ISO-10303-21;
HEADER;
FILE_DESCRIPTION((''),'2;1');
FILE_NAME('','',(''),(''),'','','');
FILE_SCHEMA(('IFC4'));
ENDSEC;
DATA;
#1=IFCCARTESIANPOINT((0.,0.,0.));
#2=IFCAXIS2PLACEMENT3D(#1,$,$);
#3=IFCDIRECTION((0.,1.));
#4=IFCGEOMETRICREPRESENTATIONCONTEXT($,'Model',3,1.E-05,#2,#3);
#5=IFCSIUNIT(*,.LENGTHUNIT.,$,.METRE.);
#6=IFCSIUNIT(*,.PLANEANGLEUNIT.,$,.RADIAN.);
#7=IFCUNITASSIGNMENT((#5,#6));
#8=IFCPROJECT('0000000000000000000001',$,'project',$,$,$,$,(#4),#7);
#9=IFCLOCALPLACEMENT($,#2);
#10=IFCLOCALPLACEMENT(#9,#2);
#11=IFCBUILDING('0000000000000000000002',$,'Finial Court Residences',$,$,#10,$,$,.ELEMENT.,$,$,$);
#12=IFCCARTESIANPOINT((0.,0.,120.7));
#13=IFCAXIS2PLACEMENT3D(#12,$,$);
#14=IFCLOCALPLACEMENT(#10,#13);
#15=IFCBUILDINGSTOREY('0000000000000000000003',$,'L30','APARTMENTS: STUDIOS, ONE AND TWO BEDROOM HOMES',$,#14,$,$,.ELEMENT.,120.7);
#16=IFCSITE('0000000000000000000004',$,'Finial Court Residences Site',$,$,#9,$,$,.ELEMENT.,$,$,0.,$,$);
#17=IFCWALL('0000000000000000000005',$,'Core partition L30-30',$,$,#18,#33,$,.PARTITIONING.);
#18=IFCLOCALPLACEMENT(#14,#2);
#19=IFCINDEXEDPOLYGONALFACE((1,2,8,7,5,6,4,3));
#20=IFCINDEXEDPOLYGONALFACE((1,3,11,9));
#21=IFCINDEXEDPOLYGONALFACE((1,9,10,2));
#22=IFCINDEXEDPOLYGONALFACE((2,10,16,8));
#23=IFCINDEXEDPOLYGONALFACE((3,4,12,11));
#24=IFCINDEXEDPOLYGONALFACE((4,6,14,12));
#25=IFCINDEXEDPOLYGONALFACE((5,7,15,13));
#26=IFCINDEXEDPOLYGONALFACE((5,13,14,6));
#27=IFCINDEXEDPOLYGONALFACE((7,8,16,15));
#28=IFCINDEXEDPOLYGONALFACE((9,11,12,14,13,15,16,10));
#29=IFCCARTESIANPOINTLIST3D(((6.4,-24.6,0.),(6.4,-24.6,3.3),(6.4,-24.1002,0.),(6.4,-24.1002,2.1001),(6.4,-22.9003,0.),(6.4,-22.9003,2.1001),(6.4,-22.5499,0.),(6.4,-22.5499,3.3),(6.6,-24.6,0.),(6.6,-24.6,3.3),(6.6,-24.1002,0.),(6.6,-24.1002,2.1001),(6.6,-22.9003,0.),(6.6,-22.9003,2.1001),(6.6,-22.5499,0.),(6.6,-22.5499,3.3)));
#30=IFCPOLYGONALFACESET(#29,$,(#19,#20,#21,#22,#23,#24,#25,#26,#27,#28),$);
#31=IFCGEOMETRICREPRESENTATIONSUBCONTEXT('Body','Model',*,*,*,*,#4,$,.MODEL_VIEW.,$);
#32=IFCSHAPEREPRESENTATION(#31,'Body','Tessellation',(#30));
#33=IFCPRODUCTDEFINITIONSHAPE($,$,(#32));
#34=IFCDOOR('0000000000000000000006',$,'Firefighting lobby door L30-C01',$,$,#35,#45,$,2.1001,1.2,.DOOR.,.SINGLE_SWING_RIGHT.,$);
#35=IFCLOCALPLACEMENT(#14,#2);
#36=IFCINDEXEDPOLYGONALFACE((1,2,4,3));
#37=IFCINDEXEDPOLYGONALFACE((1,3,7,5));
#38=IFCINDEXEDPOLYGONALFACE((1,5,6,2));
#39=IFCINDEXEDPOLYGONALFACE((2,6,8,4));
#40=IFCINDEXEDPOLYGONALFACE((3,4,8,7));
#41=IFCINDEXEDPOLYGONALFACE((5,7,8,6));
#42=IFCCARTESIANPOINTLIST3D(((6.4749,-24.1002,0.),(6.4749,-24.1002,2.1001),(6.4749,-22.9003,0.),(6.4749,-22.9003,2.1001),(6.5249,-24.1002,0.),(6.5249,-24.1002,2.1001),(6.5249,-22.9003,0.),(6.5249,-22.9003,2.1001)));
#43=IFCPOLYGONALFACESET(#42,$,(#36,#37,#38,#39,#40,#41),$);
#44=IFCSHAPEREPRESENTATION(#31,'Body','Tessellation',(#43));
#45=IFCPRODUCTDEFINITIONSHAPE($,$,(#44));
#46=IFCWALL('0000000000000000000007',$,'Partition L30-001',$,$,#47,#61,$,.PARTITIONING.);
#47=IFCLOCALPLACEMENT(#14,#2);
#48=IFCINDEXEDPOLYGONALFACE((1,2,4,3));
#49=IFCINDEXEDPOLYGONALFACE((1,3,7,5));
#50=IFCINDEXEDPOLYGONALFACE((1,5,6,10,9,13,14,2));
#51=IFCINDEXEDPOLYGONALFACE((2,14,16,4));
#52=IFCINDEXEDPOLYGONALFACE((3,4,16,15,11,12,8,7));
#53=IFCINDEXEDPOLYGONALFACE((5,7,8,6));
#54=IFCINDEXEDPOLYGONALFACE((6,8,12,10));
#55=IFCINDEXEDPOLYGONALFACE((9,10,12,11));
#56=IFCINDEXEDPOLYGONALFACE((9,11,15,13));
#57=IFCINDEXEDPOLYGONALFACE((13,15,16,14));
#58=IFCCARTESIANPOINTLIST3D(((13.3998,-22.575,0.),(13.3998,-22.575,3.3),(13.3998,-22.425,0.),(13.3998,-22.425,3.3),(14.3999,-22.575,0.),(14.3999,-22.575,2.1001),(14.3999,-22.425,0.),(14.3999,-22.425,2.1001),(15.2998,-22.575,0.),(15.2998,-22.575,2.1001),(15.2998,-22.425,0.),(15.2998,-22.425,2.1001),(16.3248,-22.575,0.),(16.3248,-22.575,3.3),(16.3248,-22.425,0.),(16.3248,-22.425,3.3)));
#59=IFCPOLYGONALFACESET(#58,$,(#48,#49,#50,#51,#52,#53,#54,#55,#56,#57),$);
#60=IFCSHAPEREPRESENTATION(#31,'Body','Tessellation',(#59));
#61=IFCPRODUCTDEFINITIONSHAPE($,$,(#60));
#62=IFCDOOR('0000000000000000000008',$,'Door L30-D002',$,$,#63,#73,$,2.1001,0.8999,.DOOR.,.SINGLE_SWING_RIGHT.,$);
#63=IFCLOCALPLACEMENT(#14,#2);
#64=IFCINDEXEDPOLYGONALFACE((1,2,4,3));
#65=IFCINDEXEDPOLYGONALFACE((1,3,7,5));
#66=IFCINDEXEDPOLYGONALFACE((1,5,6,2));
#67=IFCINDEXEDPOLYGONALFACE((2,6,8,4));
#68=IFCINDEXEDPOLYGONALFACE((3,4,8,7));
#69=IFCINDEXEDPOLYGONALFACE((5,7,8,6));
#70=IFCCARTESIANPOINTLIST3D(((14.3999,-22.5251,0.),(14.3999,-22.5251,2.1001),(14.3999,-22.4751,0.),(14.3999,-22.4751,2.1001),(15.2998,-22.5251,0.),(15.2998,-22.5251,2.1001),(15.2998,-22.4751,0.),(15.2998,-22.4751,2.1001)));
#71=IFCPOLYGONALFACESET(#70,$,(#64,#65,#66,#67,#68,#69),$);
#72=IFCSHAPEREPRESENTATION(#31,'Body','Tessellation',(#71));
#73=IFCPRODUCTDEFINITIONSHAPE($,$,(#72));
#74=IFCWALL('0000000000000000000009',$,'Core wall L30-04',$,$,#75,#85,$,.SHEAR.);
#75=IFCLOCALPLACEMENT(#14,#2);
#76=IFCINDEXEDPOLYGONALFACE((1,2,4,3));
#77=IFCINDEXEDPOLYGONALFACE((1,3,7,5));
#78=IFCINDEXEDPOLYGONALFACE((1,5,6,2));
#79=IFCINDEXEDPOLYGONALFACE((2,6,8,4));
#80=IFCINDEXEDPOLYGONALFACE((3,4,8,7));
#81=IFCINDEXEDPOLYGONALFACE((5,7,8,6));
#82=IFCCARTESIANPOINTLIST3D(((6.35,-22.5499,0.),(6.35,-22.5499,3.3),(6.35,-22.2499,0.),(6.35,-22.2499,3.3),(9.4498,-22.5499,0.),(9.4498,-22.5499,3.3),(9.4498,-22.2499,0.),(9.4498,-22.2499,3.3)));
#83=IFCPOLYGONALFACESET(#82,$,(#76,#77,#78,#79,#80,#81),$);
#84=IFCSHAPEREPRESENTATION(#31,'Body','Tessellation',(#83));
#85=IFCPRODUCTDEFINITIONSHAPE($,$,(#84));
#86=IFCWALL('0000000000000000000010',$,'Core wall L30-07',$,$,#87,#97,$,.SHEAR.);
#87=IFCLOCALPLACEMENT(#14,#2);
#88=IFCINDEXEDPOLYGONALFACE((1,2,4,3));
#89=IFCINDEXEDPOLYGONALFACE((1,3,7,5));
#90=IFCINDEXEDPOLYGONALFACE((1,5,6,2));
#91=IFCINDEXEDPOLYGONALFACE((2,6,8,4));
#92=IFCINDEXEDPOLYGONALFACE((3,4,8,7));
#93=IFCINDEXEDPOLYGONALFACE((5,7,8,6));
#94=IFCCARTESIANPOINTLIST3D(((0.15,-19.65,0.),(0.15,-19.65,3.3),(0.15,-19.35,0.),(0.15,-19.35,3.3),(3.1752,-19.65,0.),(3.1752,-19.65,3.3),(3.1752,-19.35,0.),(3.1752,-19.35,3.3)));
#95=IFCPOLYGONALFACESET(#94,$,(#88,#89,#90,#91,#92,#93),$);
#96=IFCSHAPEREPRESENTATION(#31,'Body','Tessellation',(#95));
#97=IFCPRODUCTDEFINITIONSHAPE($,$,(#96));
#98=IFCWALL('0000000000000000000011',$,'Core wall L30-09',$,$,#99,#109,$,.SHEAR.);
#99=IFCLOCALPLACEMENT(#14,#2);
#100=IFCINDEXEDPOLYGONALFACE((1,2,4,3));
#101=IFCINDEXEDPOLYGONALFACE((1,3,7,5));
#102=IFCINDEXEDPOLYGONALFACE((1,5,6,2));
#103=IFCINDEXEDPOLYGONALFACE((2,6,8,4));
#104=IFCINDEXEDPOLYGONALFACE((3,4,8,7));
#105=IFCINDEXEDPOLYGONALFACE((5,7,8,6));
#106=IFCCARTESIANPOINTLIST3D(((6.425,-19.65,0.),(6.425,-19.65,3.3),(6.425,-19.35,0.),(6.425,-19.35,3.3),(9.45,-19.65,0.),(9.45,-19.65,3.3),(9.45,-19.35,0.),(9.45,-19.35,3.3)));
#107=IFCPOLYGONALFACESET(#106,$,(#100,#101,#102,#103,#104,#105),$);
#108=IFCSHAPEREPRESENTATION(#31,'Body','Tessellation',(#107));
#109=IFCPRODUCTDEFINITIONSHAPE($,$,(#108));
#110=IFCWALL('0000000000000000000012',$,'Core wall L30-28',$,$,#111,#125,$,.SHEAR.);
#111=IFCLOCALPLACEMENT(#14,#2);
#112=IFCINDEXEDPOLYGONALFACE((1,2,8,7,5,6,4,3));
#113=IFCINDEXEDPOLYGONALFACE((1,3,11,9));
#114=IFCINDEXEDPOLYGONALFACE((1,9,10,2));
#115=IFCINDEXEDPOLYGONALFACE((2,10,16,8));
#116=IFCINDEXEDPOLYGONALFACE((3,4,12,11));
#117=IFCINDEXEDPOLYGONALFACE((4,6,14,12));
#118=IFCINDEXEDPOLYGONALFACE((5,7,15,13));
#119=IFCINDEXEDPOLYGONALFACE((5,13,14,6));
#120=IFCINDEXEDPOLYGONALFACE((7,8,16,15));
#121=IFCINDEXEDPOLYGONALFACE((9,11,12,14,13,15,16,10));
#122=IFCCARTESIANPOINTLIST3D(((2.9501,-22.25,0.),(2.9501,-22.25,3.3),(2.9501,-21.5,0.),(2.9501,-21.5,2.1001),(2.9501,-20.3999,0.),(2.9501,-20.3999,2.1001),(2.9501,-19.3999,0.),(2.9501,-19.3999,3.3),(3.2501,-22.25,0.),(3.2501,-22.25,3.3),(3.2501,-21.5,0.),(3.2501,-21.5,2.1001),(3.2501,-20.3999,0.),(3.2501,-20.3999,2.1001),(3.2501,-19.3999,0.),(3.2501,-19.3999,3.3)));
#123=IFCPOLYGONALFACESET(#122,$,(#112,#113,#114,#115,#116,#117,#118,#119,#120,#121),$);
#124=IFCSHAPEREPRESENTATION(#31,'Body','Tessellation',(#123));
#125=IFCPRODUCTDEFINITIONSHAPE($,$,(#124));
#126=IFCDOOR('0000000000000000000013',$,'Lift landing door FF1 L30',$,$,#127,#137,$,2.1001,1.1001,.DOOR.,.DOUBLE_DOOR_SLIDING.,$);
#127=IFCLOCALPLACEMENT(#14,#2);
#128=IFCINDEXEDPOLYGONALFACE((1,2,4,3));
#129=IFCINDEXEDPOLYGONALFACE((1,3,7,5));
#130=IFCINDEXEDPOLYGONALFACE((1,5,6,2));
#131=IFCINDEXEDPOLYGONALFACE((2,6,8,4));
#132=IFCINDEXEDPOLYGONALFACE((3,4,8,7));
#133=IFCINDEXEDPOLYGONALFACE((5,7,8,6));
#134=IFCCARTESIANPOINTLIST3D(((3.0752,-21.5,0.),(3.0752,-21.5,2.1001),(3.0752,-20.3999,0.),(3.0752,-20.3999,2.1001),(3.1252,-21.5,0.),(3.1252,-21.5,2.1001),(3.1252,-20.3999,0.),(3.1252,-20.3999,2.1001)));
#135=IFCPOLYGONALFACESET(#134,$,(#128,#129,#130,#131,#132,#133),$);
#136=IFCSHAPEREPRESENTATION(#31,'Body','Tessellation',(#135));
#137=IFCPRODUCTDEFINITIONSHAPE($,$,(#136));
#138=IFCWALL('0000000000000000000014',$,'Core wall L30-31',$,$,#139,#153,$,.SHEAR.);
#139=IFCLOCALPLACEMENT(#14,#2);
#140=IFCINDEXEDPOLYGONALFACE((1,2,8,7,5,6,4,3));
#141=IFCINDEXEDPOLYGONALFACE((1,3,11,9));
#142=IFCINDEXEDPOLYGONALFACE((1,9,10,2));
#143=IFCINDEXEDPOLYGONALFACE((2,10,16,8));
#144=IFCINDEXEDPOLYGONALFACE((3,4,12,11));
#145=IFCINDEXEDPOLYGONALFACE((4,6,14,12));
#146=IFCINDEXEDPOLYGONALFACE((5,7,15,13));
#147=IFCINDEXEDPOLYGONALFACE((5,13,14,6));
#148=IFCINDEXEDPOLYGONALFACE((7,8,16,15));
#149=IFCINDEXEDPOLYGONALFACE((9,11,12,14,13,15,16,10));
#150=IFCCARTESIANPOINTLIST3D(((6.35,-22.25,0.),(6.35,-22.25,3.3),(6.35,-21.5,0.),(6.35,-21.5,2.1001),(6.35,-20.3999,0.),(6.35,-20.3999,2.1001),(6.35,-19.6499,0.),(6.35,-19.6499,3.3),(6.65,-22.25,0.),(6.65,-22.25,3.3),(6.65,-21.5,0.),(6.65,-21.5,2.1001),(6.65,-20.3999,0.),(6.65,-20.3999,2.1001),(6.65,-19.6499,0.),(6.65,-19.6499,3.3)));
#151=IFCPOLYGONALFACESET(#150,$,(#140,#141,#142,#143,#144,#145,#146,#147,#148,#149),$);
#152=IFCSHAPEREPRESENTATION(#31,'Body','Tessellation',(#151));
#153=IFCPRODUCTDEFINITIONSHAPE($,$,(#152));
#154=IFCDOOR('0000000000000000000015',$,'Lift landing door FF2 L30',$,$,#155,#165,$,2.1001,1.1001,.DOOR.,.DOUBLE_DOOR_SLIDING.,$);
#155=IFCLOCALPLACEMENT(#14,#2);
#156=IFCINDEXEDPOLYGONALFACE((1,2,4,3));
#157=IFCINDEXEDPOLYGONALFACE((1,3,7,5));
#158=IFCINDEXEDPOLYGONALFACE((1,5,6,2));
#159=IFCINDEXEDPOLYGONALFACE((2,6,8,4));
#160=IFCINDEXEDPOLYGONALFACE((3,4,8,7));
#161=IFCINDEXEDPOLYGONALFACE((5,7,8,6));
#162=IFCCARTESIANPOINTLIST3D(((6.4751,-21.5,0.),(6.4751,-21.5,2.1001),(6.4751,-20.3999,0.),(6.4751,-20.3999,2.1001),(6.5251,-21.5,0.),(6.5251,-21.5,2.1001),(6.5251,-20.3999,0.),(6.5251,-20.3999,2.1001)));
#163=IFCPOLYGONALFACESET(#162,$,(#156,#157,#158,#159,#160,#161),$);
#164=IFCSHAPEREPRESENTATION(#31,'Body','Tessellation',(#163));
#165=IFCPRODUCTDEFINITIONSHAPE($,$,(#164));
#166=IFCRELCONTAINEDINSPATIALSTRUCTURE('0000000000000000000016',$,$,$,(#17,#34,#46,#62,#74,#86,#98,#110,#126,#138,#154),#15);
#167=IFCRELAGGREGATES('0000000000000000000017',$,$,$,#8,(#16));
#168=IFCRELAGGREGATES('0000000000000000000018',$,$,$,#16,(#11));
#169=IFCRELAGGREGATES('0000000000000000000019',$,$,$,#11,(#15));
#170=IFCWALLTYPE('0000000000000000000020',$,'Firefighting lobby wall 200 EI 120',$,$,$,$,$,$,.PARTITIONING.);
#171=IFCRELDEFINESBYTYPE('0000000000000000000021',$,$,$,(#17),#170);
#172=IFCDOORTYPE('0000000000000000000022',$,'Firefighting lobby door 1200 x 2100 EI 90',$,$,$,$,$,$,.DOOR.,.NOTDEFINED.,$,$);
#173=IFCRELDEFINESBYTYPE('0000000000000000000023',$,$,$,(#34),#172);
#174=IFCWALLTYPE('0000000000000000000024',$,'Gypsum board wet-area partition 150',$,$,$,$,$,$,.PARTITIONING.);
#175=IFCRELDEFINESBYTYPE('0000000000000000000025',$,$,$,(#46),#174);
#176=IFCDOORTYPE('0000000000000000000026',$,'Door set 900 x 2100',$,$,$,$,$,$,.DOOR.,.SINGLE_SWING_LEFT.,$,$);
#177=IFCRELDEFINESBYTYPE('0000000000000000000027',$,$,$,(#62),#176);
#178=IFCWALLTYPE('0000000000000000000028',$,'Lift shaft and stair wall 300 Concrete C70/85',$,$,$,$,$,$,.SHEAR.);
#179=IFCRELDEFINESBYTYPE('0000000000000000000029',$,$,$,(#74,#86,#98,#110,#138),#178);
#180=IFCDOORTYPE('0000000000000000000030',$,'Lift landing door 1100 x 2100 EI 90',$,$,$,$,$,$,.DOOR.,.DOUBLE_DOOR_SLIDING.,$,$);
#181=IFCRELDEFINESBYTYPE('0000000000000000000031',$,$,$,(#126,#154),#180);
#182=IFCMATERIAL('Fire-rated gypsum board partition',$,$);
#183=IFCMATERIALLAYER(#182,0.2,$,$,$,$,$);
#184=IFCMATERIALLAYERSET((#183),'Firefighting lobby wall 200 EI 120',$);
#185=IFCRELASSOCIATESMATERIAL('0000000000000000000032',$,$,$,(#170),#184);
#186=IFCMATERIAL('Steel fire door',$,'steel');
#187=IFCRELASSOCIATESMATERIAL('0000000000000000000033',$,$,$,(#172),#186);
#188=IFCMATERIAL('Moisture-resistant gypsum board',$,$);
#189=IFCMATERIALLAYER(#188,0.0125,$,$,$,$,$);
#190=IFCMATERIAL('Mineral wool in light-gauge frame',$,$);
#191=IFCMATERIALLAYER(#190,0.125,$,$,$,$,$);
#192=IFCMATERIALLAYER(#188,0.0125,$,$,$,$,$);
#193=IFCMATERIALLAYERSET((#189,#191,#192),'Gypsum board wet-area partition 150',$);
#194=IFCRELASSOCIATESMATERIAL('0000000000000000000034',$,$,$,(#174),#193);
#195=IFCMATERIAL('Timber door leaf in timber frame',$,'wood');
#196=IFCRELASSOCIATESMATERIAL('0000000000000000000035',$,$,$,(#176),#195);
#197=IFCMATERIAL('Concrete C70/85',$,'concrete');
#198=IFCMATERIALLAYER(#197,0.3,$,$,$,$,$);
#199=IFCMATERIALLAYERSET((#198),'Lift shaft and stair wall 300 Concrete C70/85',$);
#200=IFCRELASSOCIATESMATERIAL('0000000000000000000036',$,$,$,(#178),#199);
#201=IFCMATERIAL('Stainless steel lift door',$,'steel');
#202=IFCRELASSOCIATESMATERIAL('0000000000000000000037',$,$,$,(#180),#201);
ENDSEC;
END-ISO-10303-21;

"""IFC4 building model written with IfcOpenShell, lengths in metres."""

from ifc_helpers import new_model, si_unit, direction, frame, frame_2d, origin, place, context, subcontext, project, spatial, rectangle, extrude, material, layer, layer_set, type_object, element, fill, save


model = new_model("IFC4")

# Units and contexts
model_context = context("Model", 3, precision=1e-05, world=origin(), true_north=direction((0.0, 1.0)))
body_context = subcontext(model_context, "Body", "Model", "MODEL_VIEW")
ifc_project = project(units=[si_unit("LENGTHUNIT", "METRE"), si_unit("PLANEANGLEUNIT", "RADIAN")], contexts=[model_context])

# Site, building, storey
site_placement = place(None, origin())
site = spatial("IfcSite", under=ifc_project, at=site_placement, Name="Finial Court Residences Site", CompositionType="ELEMENT", RefElevation=0.0)
building_placement = place(site_placement, origin())
building = spatial("IfcBuilding", under=site, at=building_placement, Name="Finial Court Residences", CompositionType="ELEMENT")
storey_placement = place(building_placement, frame((0.0, 0.0, 120.7)))
storey = spatial("IfcBuildingStorey", under=building, at=storey_placement, Name="L30", Description="APARTMENTS: STUDIOS, ONE AND TWO BEDROOM HOMES", CompositionType="ELEMENT", Elevation=120.7)

# Shared definitions
ifc_material_1 = material(Name="Concrete C70/85", Category="concrete")

# Shared definitions
ifc_material_2 = material(Name="Fire-rated gypsum board partition")
ifc_material_3 = material(Name="Steel fire door", Category="steel")

# Walls, openings, doors
ifc_layer_1 = layer(ifc_material_2, 0.2)
ifc_layer_set_1 = layer_set([ifc_layer_1], Name="Firefighting lobby wall 200 EI 120")
wall_type_1 = type_object("IfcWallType", Name="Firefighting lobby wall 200 EI 120", PredefinedType="PARTITIONING", material=ifc_layer_set_1)
wall_1_placement = place(storey_placement, frame((6.5, -22.55, 0.0), z_axis=(0.0, 0.0, 1.0), x_axis=(0.0, -1.0, 0.0)))
wall_1 = element("IfcWall", 1, at=wall_1_placement, inside=storey, type_object=wall_type_1, Name="Core partition L30-30", PredefinedType="PARTITIONING", context=body_context, shape_type="SweptSolid", body=[
    extrude(rectangle(XDim=2.05, YDim=0.2, at=frame_2d((1.0249, 0.0))), origin(), (0.0, 0.0, 1.0), 3.3),
])
opening_1_placement = place(wall_1_placement, frame((0.3501, 0.0, 0.0)))
opening_1 = element("IfcOpeningElement", 2, at=opening_1_placement, cuts=wall_1, PredefinedType="OPENING", context=body_context, shape_type="SweptSolid", body=[
    extrude(rectangle(XDim=1.2, YDim=2.1001, at=frame_2d((0.6001, 1.05))), frame((0.0, 0.1099, 0.0), z_axis=(0.0, -1.0, 0.0), x_axis=(1.0, 0.0, 0.0)), (0.0, 0.0, 1.0), 0.22),
])
door_type_1 = type_object("IfcDoorType", Name="Firefighting lobby door 1200 x 2100 EI 90", OperationType="NOTDEFINED", PredefinedType="DOOR", material=ifc_material_3)
door_1_placement = place(opening_1_placement, origin())
door_1 = element("IfcDoor", 3, at=door_1_placement, inside=storey, type_object=door_type_1, Name="Firefighting lobby door L30-C01", OperationType="SINGLE_SWING_RIGHT", OverallHeight=2.1001, OverallWidth=1.2, PredefinedType="DOOR", context=body_context, shape_type="SweptSolid", body=[
    extrude(rectangle(XDim=1.2, YDim=2.1001, at=frame_2d((0.6001, 1.05))), frame((0.0, 0.0249, 0.0), z_axis=(0.0, -1.0, 0.0), x_axis=(1.0, 0.0, 0.0)), (0.0, 0.0, 1.0), 0.05),
])
fill(opening_1, door_1)
ifc_material_4 = material(Name="Moisture-resistant gypsum board")
ifc_layer_2 = layer(ifc_material_4, 0.0125)
ifc_material_5 = material(Name="Mineral wool in light-gauge frame")
ifc_layer_3 = layer(ifc_material_5, 0.125)
ifc_layer_4 = layer(ifc_material_4, 0.0125)
ifc_layer_set_2 = layer_set([ifc_layer_2, ifc_layer_3, ifc_layer_4], Name="Gypsum board wet-area partition 150")
wall_type_2 = type_object("IfcWallType", Name="Gypsum board wet-area partition 150", PredefinedType="PARTITIONING", material=ifc_layer_set_2)
wall_2_placement = place(storey_placement, frame((13.3999, -22.5, 0.0), z_axis=(0.0, 0.0, 1.0), x_axis=(1.0, 0.0, 0.0)))
wall_2 = element("IfcWall", 4, at=wall_2_placement, inside=storey, type_object=wall_type_2, Name="Partition L30-001", PredefinedType="PARTITIONING", context=body_context, shape_type="SweptSolid", body=[
    extrude(rectangle(XDim=2.925, YDim=0.1499, at=frame_2d((1.4624, 0.0))), origin(), (0.0, 0.0, 1.0), 3.3),
])
opening_2_placement = place(wall_2_placement, frame((1.0, 0.0, 0.0)))
opening_2 = element("IfcOpeningElement", 5, at=opening_2_placement, cuts=wall_2, PredefinedType="OPENING", context=body_context, shape_type="SweptSolid", body=[
    extrude(rectangle(XDim=0.8999, YDim=2.1001, at=frame_2d((0.45, 1.05))), frame((0.0, 0.085, 0.0), z_axis=(0.0, -1.0, 0.0), x_axis=(1.0, 0.0, 0.0)), (0.0, 0.0, 1.0), 0.1699),
])
ifc_material_6 = material(Name="Timber door leaf in timber frame", Category="wood")
door_type_2 = type_object("IfcDoorType", Name="Door set 900 x 2100", OperationType="SINGLE_SWING_LEFT", PredefinedType="DOOR", material=ifc_material_6)
door_2_placement = place(opening_2_placement, origin())
door_2 = element("IfcDoor", 6, at=door_2_placement, inside=storey, type_object=door_type_2, Name="Door L30-D002", OperationType="SINGLE_SWING_RIGHT", OverallHeight=2.1001, OverallWidth=0.8999, PredefinedType="DOOR", context=body_context, shape_type="SweptSolid", body=[
    extrude(rectangle(XDim=0.8999, YDim=2.1001, at=frame_2d((0.45, 1.05))), frame((0.0, 0.0249, 0.0), z_axis=(0.0, -1.0, 0.0), x_axis=(1.0, 0.0, 0.0)), (0.0, 0.0, 1.0), 0.05),
])
fill(opening_2, door_2)

# Walls
ifc_layer_5 = layer(ifc_material_1, 0.3)
ifc_layer_set_3 = layer_set([ifc_layer_5], Name="Lift shaft and stair wall 300 Concrete C70/85")
wall_type_3 = type_object("IfcWallType", Name="Lift shaft and stair wall 300 Concrete C70/85", PredefinedType="SHEAR", material=ifc_layer_set_3)
wall_3_placement = place(storey_placement, frame((6.3501, -22.3999, 0.0), z_axis=(0.0, 0.0, 1.0), x_axis=(1.0, 0.0, 0.0)))
element("IfcWall", 7, at=wall_3_placement, inside=storey, type_object=wall_type_3, Name="Core wall L30-04", PredefinedType="SHEAR", context=body_context, shape_type="SweptSolid", body=[
    extrude(rectangle(XDim=3.0999, YDim=0.3, at=frame_2d((1.5498, 0.0))), origin(), (0.0, 0.0, 1.0), 3.3),
])
wall_4_placement = place(storey_placement, frame((0.1499, -19.5, 0.0), z_axis=(0.0, 0.0, 1.0), x_axis=(1.0, 0.0, 0.0)))
element("IfcWall", 8, at=wall_4_placement, inside=storey, type_object=wall_type_3, Name="Core wall L30-07", PredefinedType="SHEAR", context=body_context, shape_type="SweptSolid", body=[
    extrude(rectangle(XDim=3.0251, YDim=0.3, at=frame_2d((1.5127, 0.0))), origin(), (0.0, 0.0, 1.0), 3.3),
])
wall_5_placement = place(storey_placement, frame((6.425, -19.5, 0.0), z_axis=(0.0, 0.0, 1.0), x_axis=(1.0, 0.0, 0.0)))
element("IfcWall", 9, at=wall_5_placement, inside=storey, type_object=wall_type_3, Name="Core wall L30-09", PredefinedType="SHEAR", context=body_context, shape_type="SweptSolid", body=[
    extrude(rectangle(XDim=3.0249, YDim=0.3, at=frame_2d((1.5125, 0.0))), origin(), (0.0, 0.0, 1.0), 3.3),
])

# Walls, openings, doors
wall_6_placement = place(storey_placement, frame((3.1001, -22.25, 0.0), z_axis=(0.0, 0.0, 1.0), x_axis=(0.0, 1.0, 0.0)))
wall_6 = element("IfcWall", 10, at=wall_6_placement, inside=storey, type_object=wall_type_3, Name="Core wall L30-28", PredefinedType="SHEAR", context=body_context, shape_type="SweptSolid", body=[
    extrude(rectangle(XDim=2.8501, YDim=0.3, at=frame_2d((1.425, 0.0))), origin(), (0.0, 0.0, 1.0), 3.3),
])
opening_3_placement = place(wall_6_placement, frame((0.75, 0.0, 0.0)))
opening_3 = element("IfcOpeningElement", 11, at=opening_3_placement, cuts=wall_6, PredefinedType="OPENING", context=body_context, shape_type="SweptSolid", body=[
    extrude(rectangle(XDim=1.1001, YDim=2.1001, at=frame_2d((0.55, 1.05))), frame((0.0, 0.1599, 0.0), z_axis=(0.0, -1.0, 0.0), x_axis=(1.0, 0.0, 0.0)), (0.0, 0.0, 1.0), 0.3201),
])
ifc_material_7 = material(Name="Stainless steel lift door", Category="steel")
door_type_3 = type_object("IfcDoorType", Name="Lift landing door 1100 x 2100 EI 90", OperationType="DOUBLE_DOOR_SLIDING", PredefinedType="DOOR", material=ifc_material_7)
door_3_placement = place(opening_3_placement, origin())
door_3 = element("IfcDoor", 12, at=door_3_placement, inside=storey, type_object=door_type_3, Name="Lift landing door FF1 L30", OperationType="DOUBLE_DOOR_SLIDING", OverallHeight=2.1001, OverallWidth=1.1001, PredefinedType="DOOR", context=body_context, shape_type="SweptSolid", body=[
    extrude(rectangle(XDim=1.1001, YDim=2.1001, at=frame_2d((0.55, 1.05))), frame((0.0, 0.0249, 0.0), z_axis=(0.0, -1.0, 0.0), x_axis=(1.0, 0.0, 0.0)), (0.0, 0.0, 1.0), 0.05),
])
fill(opening_3, door_3)
wall_7_placement = place(storey_placement, frame((6.5, -22.25, 0.0), z_axis=(0.0, 0.0, 1.0), x_axis=(0.0, 1.0, 0.0)))
wall_7 = element("IfcWall", 13, at=wall_7_placement, inside=storey, type_object=wall_type_3, Name="Core wall L30-31", PredefinedType="SHEAR", context=body_context, shape_type="SweptSolid", body=[
    extrude(rectangle(XDim=2.6001, YDim=0.3, at=frame_2d((1.3, 0.0))), origin(), (0.0, 0.0, 1.0), 3.3),
])
opening_4_placement = place(wall_7_placement, frame((0.75, 0.0, 0.0)))
opening_4 = element("IfcOpeningElement", 14, at=opening_4_placement, cuts=wall_7, PredefinedType="OPENING", context=body_context, shape_type="SweptSolid", body=[
    extrude(rectangle(XDim=1.1001, YDim=2.1001, at=frame_2d((0.55, 1.05))), frame((0.0, 0.1599, 0.0), z_axis=(0.0, -1.0, 0.0), x_axis=(1.0, 0.0, 0.0)), (0.0, 0.0, 1.0), 0.3201),
])
door_4_placement = place(opening_4_placement, origin())
door_4 = element("IfcDoor", 15, at=door_4_placement, inside=storey, type_object=door_type_3, Name="Lift landing door FF2 L30", OperationType="DOUBLE_DOOR_SLIDING", OverallHeight=2.1001, OverallWidth=1.1001, PredefinedType="DOOR", context=body_context, shape_type="SweptSolid", body=[
    extrude(rectangle(XDim=1.1001, YDim=2.1001, at=frame_2d((0.55, 1.05))), frame((0.0, 0.0249, 0.0), z_axis=(0.0, -1.0, 0.0), x_axis=(1.0, 0.0, 0.0)), (0.0, 0.0, 1.0), 0.05),
])
fill(opening_4, door_4)

save(model, "model.ifc")
